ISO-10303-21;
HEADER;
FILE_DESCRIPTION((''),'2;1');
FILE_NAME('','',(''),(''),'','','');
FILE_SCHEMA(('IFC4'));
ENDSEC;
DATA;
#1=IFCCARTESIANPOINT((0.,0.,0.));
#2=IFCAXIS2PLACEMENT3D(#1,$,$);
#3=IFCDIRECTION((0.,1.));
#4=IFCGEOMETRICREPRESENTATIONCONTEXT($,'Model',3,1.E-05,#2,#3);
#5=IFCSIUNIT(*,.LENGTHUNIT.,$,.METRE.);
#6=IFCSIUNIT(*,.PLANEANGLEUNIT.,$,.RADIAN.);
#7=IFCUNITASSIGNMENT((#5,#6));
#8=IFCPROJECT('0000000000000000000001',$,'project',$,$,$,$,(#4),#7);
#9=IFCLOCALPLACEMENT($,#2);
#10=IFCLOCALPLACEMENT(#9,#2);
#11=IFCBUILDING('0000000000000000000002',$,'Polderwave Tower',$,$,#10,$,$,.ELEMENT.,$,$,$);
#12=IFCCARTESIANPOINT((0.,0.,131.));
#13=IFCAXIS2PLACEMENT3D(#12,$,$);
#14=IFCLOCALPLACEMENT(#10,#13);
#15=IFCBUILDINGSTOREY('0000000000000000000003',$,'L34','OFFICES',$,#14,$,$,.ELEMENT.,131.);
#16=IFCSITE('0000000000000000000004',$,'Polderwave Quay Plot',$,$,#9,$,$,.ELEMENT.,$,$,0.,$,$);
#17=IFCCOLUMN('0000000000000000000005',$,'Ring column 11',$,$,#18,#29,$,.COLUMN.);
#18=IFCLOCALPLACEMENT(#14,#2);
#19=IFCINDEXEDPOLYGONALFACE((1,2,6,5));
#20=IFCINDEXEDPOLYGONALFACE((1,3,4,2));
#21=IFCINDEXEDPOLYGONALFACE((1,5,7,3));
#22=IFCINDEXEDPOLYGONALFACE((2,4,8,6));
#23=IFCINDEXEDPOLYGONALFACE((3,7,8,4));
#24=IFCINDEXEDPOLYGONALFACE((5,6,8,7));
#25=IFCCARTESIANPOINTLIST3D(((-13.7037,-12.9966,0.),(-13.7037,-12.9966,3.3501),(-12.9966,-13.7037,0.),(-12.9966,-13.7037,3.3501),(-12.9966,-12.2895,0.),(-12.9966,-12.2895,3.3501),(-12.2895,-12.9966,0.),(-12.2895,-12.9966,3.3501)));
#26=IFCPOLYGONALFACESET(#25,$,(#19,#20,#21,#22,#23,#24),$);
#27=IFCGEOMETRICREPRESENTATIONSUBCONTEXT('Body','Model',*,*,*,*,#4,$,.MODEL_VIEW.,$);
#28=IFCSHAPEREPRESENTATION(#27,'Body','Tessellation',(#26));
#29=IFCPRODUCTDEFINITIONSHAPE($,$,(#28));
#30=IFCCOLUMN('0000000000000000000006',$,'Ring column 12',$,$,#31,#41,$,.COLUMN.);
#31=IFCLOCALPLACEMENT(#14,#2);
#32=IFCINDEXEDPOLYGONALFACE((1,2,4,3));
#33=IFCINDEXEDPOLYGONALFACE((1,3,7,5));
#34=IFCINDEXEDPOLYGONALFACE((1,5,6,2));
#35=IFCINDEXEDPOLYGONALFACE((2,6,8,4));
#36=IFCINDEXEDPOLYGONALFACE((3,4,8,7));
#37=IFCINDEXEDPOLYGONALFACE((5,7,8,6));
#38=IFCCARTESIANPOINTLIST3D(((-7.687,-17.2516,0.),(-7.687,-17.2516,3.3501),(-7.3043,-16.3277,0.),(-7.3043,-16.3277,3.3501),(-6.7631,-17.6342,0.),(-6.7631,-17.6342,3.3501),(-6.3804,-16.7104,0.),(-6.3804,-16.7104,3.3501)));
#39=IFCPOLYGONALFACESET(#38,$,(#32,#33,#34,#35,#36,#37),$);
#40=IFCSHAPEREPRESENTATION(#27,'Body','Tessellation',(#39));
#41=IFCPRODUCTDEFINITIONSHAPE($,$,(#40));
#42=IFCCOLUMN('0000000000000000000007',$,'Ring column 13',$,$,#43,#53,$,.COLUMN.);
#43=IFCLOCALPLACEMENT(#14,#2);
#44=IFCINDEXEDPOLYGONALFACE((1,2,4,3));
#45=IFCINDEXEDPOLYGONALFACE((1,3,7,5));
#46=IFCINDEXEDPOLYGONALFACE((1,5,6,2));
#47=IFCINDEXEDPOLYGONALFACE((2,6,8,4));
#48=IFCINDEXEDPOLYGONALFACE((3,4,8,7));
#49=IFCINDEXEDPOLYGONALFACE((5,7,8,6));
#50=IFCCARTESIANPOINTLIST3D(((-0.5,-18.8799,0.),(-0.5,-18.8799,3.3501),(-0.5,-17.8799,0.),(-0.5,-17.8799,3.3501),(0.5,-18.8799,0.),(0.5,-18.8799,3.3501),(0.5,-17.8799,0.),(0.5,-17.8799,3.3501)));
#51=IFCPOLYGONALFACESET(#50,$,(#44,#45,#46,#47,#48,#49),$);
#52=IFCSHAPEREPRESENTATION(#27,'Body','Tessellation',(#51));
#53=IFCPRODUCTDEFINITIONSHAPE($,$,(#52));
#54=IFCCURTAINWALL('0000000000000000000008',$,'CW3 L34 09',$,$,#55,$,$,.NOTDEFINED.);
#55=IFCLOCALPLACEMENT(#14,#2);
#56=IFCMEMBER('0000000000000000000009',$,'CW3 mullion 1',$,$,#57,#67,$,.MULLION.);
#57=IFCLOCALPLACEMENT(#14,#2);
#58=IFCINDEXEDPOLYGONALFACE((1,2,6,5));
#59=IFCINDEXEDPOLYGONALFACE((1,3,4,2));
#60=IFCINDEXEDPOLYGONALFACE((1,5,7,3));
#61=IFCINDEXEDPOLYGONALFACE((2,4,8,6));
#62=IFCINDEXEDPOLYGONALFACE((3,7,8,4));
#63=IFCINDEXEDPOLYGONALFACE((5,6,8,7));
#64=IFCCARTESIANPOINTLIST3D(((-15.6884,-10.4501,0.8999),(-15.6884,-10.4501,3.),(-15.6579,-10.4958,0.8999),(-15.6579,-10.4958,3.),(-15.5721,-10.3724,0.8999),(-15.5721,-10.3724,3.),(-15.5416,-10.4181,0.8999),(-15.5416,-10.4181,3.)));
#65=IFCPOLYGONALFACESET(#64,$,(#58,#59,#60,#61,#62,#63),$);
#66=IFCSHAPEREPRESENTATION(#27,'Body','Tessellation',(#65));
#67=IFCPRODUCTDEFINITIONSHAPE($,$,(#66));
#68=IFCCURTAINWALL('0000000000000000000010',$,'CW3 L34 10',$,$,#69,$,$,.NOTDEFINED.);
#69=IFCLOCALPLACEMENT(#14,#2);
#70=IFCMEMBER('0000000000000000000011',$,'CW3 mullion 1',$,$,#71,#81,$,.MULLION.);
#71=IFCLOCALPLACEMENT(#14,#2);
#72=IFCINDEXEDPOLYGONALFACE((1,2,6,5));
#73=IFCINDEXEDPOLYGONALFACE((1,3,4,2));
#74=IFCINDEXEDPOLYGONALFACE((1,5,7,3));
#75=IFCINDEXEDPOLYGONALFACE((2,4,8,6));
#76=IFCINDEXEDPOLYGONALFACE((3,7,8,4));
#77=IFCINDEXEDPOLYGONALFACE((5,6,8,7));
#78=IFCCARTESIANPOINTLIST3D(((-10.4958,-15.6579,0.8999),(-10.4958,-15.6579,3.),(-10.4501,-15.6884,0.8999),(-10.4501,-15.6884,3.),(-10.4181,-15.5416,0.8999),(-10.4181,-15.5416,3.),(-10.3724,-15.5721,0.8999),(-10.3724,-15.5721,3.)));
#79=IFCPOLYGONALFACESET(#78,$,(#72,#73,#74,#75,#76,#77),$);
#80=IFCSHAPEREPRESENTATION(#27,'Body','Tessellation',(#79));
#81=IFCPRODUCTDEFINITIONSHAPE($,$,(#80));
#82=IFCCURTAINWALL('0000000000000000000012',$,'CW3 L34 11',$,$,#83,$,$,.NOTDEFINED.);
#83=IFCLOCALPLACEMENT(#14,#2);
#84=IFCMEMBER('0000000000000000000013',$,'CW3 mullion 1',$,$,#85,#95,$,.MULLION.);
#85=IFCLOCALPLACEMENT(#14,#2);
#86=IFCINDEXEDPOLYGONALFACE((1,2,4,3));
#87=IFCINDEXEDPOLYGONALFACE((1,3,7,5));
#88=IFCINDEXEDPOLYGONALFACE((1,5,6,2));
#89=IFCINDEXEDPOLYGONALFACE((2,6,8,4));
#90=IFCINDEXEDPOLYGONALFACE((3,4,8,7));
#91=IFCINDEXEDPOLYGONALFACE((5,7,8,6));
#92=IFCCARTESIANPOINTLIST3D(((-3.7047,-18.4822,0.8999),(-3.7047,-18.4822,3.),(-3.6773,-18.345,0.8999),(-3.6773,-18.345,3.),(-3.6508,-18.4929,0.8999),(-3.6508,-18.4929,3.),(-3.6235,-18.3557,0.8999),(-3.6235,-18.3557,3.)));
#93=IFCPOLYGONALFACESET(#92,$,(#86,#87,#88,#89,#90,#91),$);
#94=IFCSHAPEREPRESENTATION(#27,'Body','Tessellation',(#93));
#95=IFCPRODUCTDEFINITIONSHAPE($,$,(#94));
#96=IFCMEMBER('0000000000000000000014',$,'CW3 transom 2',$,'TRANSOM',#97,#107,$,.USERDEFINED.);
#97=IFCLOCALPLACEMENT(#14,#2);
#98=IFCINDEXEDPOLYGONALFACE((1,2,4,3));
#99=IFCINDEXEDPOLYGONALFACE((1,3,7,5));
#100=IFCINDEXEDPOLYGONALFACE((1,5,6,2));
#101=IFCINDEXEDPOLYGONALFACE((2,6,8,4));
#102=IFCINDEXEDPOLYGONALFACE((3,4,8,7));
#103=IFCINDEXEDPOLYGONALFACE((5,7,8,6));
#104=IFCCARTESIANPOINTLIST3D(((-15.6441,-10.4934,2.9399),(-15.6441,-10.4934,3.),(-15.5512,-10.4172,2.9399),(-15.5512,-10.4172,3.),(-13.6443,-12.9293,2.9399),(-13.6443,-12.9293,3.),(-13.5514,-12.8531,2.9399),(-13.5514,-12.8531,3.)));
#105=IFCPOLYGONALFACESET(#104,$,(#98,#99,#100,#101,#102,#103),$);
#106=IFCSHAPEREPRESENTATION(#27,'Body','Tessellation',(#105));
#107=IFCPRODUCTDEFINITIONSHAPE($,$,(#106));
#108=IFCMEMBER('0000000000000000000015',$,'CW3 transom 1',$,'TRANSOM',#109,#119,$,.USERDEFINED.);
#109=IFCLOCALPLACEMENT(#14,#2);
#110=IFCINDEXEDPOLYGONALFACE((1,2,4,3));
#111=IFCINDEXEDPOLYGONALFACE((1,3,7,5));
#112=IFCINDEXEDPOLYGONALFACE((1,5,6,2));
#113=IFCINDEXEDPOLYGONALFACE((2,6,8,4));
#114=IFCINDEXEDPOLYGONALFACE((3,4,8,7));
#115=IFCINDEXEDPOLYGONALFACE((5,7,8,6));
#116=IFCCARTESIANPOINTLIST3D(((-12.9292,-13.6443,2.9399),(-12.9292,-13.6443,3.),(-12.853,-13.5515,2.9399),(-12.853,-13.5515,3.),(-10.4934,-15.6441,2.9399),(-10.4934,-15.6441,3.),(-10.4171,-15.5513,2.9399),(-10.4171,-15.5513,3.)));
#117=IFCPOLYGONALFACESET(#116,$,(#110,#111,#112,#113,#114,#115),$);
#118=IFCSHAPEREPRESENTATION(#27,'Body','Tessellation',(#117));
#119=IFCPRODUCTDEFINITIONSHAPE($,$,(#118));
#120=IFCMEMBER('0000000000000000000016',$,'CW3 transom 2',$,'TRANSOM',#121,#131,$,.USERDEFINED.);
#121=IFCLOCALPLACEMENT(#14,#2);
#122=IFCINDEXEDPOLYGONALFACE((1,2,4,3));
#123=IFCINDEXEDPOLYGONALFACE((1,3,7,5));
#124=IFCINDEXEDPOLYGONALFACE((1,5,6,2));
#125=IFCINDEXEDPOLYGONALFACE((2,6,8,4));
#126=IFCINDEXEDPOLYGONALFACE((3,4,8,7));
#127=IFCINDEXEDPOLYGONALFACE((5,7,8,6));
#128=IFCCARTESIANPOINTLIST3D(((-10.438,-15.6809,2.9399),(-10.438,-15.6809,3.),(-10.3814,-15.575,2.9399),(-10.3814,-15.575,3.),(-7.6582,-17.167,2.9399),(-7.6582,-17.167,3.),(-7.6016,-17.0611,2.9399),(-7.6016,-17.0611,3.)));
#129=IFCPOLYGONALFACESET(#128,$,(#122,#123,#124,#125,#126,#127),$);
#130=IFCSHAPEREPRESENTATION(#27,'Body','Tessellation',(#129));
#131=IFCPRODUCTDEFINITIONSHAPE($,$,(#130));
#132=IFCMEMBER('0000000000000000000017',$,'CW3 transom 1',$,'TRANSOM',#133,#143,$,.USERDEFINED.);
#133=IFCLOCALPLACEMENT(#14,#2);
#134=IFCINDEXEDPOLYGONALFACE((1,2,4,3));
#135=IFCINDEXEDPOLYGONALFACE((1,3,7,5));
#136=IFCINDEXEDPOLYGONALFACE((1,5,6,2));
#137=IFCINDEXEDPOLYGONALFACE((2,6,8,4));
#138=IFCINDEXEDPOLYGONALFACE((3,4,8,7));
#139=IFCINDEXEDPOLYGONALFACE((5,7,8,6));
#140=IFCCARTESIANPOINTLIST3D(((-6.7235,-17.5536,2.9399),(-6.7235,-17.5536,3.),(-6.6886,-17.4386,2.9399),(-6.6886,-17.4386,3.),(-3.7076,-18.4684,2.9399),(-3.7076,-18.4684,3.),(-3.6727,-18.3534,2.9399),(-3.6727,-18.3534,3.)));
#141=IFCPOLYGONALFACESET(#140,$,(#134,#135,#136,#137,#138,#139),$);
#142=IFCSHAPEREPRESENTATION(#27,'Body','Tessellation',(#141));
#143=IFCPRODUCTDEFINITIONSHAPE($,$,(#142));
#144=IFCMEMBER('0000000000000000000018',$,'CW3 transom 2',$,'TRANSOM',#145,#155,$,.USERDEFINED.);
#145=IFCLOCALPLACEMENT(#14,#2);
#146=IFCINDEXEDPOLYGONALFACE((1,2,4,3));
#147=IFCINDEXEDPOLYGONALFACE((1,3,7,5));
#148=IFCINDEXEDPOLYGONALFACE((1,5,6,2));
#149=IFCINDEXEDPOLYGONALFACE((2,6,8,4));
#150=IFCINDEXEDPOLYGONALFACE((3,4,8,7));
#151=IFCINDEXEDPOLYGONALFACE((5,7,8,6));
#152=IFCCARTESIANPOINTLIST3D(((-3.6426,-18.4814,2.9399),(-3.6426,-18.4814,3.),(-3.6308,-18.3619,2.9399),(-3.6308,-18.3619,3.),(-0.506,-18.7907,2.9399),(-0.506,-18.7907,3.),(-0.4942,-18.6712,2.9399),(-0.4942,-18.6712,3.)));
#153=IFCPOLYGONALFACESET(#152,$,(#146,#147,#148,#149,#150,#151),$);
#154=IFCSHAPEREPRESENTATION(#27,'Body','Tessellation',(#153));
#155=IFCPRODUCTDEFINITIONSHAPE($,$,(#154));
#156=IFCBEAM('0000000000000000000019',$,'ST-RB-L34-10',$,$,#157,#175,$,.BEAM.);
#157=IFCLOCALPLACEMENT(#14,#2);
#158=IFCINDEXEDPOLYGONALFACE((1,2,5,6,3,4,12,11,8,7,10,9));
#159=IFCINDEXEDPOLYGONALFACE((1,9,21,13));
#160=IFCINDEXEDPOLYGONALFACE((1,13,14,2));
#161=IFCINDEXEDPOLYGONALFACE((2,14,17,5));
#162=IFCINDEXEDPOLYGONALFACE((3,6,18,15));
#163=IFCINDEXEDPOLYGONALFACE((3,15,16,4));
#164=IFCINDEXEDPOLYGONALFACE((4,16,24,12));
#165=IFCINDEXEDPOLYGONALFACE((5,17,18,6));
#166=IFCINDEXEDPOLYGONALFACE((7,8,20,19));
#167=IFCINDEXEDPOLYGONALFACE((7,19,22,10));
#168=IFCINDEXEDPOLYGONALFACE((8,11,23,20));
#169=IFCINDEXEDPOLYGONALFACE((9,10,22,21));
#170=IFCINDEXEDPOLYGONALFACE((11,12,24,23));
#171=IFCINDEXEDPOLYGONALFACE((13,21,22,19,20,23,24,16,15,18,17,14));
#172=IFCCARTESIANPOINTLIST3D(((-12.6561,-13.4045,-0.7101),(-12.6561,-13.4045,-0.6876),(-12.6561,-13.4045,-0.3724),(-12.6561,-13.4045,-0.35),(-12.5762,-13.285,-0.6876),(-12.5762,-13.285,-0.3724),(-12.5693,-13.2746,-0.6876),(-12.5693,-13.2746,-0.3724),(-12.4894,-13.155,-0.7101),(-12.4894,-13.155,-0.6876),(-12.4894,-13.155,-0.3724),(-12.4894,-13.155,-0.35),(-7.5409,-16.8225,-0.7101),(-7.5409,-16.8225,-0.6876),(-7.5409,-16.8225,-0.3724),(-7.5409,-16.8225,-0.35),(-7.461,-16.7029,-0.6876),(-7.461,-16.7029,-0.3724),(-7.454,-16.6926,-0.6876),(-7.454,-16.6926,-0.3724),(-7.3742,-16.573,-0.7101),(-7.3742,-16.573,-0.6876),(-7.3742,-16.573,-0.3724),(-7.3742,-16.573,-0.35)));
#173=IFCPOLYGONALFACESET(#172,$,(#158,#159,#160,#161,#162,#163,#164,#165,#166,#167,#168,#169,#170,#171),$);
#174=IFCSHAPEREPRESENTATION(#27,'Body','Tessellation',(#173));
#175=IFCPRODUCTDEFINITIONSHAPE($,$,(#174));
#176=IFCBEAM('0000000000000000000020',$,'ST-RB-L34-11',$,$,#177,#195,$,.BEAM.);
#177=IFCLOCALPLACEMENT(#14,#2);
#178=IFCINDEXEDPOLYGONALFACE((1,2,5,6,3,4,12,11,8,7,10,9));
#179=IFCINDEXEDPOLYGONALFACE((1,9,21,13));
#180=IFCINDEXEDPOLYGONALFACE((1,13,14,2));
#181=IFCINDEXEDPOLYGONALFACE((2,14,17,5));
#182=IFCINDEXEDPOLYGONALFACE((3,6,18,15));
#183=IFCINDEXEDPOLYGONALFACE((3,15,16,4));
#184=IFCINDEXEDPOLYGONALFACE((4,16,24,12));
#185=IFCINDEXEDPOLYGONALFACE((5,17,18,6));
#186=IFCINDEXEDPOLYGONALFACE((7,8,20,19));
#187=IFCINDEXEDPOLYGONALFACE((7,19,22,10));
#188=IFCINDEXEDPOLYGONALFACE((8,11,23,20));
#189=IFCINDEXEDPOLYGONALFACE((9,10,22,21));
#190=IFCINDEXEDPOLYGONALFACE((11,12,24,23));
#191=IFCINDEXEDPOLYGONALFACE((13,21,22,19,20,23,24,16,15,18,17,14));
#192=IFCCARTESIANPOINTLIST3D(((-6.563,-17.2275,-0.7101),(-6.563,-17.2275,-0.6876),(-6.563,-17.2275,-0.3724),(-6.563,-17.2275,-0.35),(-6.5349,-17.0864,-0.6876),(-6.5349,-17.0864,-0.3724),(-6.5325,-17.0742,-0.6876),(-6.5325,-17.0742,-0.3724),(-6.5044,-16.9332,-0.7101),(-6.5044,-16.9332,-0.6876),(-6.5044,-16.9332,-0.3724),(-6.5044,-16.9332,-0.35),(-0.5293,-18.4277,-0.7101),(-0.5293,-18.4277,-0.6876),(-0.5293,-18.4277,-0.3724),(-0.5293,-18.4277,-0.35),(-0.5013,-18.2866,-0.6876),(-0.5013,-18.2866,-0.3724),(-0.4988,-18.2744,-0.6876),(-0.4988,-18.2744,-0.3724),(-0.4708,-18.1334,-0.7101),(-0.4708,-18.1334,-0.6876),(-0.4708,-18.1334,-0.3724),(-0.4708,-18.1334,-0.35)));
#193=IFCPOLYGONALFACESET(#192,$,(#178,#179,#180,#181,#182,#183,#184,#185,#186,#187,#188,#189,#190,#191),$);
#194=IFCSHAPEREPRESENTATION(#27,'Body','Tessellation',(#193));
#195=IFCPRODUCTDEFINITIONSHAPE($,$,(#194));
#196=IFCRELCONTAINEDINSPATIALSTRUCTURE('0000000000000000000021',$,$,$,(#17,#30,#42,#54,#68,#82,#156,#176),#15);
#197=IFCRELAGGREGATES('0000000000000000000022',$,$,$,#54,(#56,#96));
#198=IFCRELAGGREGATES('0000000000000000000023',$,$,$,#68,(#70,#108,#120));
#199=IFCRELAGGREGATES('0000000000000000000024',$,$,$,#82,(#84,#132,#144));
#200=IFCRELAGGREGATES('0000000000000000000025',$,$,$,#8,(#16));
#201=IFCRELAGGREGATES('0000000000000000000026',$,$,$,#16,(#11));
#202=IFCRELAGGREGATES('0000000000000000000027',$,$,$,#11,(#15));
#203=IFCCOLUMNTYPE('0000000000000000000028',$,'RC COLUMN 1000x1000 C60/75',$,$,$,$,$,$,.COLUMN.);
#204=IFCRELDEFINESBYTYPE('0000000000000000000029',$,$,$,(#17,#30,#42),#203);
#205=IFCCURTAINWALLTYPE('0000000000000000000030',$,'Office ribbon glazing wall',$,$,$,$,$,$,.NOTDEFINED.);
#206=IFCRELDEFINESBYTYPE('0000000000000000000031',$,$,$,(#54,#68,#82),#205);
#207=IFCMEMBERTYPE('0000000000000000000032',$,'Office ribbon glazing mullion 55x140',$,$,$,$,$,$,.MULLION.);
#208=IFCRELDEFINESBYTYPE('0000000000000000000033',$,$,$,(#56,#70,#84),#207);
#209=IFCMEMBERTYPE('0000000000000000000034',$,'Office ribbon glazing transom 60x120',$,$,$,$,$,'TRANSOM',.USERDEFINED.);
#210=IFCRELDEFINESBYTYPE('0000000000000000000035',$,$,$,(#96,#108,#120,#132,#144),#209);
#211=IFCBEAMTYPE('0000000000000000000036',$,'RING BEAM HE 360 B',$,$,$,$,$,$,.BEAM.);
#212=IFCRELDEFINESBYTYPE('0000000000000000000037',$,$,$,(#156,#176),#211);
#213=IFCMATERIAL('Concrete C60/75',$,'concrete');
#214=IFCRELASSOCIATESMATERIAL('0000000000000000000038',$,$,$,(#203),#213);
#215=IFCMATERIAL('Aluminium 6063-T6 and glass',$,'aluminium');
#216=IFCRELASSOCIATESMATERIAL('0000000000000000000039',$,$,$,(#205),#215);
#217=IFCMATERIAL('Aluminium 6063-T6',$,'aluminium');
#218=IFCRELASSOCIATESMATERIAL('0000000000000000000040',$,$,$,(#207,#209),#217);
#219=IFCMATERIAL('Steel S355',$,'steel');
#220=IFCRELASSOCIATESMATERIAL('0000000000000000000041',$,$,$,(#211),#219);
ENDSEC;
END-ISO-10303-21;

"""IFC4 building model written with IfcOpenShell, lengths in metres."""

from ifc_helpers import new_model, si_unit, direction, frame, origin, origin_2d, place, context, subcontext, project, spatial, rectangle, i_section, extrude, material, material_profile, profile_set, type_object, element, aggregate, save


model = new_model("IFC4")

# Units and contexts
model_context = context("Model", 3, precision=1e-05, world=origin(), true_north=direction((0.0, 1.0)))
body_context = subcontext(model_context, "Body", "Model", "MODEL_VIEW")
ifc_project = project(units=[si_unit("LENGTHUNIT", "METRE"), si_unit("PLANEANGLEUNIT", "RADIAN")], contexts=[model_context])

# Site, building, storey
site_placement = place(None, origin())
site = spatial("IfcSite", under=ifc_project, at=site_placement, Name="Polderwave Quay Plot", CompositionType="ELEMENT", RefElevation=0.0)
building_placement = place(site_placement, origin())
building = spatial("IfcBuilding", under=site, at=building_placement, Name="Polderwave Tower", CompositionType="ELEMENT")
storey_placement = place(building_placement, frame((0.0, 0.0, 131.0)))
storey = spatial("IfcBuildingStorey", under=building, at=storey_placement, Name="L34", Description="OFFICES", CompositionType="ELEMENT", Elevation=131.0)

# Columns
ifc_material_1 = material(Name="Concrete C60/75", Category="concrete")
ifc_material_profile_1 = material_profile(ifc_material_1, rectangle(XDim=1.0, YDim=1.0, at=origin_2d()), Name="RC 1000x1000")
ifc_profile_set_1 = profile_set([ifc_material_profile_1], Name="Concrete C60/75")
column_type = type_object("IfcColumnType", Name="RC COLUMN 1000x1000 C60/75", PredefinedType="COLUMN", material=ifc_profile_set_1)
for number, where, z_axis, x_axis, name in (
    (1, (-12.9966, -12.9966, 0.0), (0.0, 0.0, 1.0), (-0.707107, -0.707107, 0.0), "Ring column 11"),
    (2, (-7.0337, -16.981, 0.0), (0.0, 0.0, 1.0), (-0.382683, -0.92388, 0.0), "Ring column 12"),
    (3, (0.0, -18.3799, 0.0), (0.0, 0.0, 1.0), (0.0, -1.0, 0.0), "Ring column 13"),
):
    element("IfcColumn", number, at=place(storey_placement, frame(where, z_axis=z_axis, x_axis=x_axis)), inside=storey, type_object=column_type, Name=name, PredefinedType="COLUMN", context=body_context, shape_type="SweptSolid", body=[
        extrude(rectangle(XDim=1.0, YDim=1.0, at=origin_2d()), origin(), (0.0, 0.0, 1.0), 3.3501),
    ])

# Curtain walls, members
ifc_material_2 = material(Name="Aluminium 6063-T6 and glass", Category="aluminium")
curtain_wall_type = type_object("IfcCurtainWallType", Name="Office ribbon glazing wall", PredefinedType="NOTDEFINED", material=ifc_material_2)
curtain_wall_1_placement = place(storey_placement, origin())
curtain_wall_1 = element("IfcCurtainWall", 4, at=curtain_wall_1_placement, inside=storey, type_object=curtain_wall_type, Name="CW3 L34 09", PredefinedType="NOTDEFINED")
ifc_material_3 = material(Name="Aluminium 6063-T6", Category="aluminium")
ifc_material_profile_2 = material_profile(ifc_material_3, rectangle(XDim=0.1399, YDim=0.0549, at=origin_2d()), Name="AL 55x140")
ifc_profile_set_2 = profile_set([ifc_material_profile_2], Name="Aluminium 6063-T6")
member_type_1 = type_object("IfcMemberType", Name="Office ribbon glazing mullion 55x140", PredefinedType="MULLION", material=ifc_profile_set_2)
member_1_placement = place(storey_placement, frame((-15.615, -10.4341, 0.8999), z_axis=(0.0, 0.0, 1.0), x_axis=(0.831411, 0.555657, 0.0)))
member_1 = element("IfcMember", 5, at=member_1_placement, type_object=member_type_1, Name="CW3 mullion 1", PredefinedType="MULLION", context=body_context, shape_type="SweptSolid", body=[
    extrude(rectangle(XDim=0.1399, YDim=0.0549, at=origin_2d()), origin(), (0.0, 0.0, 1.0), 2.1001),
])
curtain_wall_2_placement = place(storey_placement, origin())
curtain_wall_2 = element("IfcCurtainWall", 6, at=curtain_wall_2_placement, inside=storey, type_object=curtain_wall_type, Name="CW3 L34 10", PredefinedType="NOTDEFINED")
member_2_placement = place(storey_placement, frame((-10.4341, -15.615, 0.8999), z_axis=(0.0, 0.0, 1.0), x_axis=(0.555657, 0.831411, 0.0)))
member_2 = element("IfcMember", 7, at=member_2_placement, type_object=member_type_1, Name="CW3 mullion 1", PredefinedType="MULLION", context=body_context, shape_type="SweptSolid", body=[
    extrude(rectangle(XDim=0.1399, YDim=0.0549, at=origin_2d()), origin(), (0.0, 0.0, 1.0), 2.1001),
])
curtain_wall_3_placement = place(storey_placement, origin())
curtain_wall_3 = element("IfcCurtainWall", 8, at=curtain_wall_3_placement, inside=storey, type_object=curtain_wall_type, Name="CW3 L34 11", PredefinedType="NOTDEFINED")
member_3_placement = place(storey_placement, frame((-3.6641, -18.4189, 0.8999), z_axis=(0.0, 0.0, 1.0), x_axis=(0.195179, 0.980768, 0.0)))
member_3 = element("IfcMember", 9, at=member_3_placement, type_object=member_type_1, Name="CW3 mullion 1", PredefinedType="MULLION", context=body_context, shape_type="SweptSolid", body=[
    extrude(rectangle(XDim=0.1399, YDim=0.0549, at=origin_2d()), origin(), (0.0, 0.0, 1.0), 2.1001),
])

# Members
ifc_material_profile_3 = material_profile(ifc_material_3, rectangle(XDim=0.1201, YDim=0.0601, at=origin_2d()), Name="AL 60x120")
ifc_profile_set_3 = profile_set([ifc_material_profile_3], Name="Aluminium 6063-T6")
member_type_2 = type_object("IfcMemberType", Name="Office ribbon glazing transom 60x120", ElementType="TRANSOM", PredefinedType="USERDEFINED", material=ifc_profile_set_3)
member_4_placement = place(storey_placement, frame((-15.5977, -10.4553, 2.97), z_axis=(0.634536, -0.772893, 0.0), x_axis=(0.772893, 0.634536, 0.0)))
member_4 = element("IfcMember", 10, at=member_4_placement, type_object=member_type_2, Name="CW3 transom 2", ObjectType="TRANSOM", PredefinedType="USERDEFINED", context=body_context, shape_type="SweptSolid", body=[
    extrude(rectangle(XDim=0.1201, YDim=0.0601, at=origin_2d()), origin(), (0.0, 0.0, 1.0), 3.1516),
])
member_5_placement = place(storey_placement, frame((-12.8911, -13.5979, 2.97), z_axis=(0.772893, -0.634536, 0.0), x_axis=(0.634536, 0.772893, 0.0)))
member_5 = element("IfcMember", 11, at=member_5_placement, type_object=member_type_2, Name="CW3 transom 1", ObjectType="TRANSOM", PredefinedType="USERDEFINED", context=body_context, shape_type="SweptSolid", body=[
    extrude(rectangle(XDim=0.1201, YDim=0.0601, at=origin_2d()), origin(), (0.0, 0.0, 1.0), 3.1516),
])
member_6_placement = place(storey_placement, frame((-10.4097, -15.6279, 2.97), z_axis=(0.881887, -0.47146, 0.0), x_axis=(0.47146, 0.881887, 0.0)))
member_6 = element("IfcMember", 12, at=member_6_placement, type_object=member_type_2, Name="CW3 transom 2", ObjectType="TRANSOM", PredefinedType="USERDEFINED", context=body_context, shape_type="SweptSolid", body=[
    extrude(rectangle(XDim=0.1201, YDim=0.0601, at=origin_2d()), origin(), (0.0, 0.0, 1.0), 3.1521),
])
member_7_placement = place(storey_placement, frame((-6.7061, -17.4961, 2.97), z_axis=(0.956946, -0.290268, 0.0), x_axis=(0.290268, 0.956946, 0.0)))
member_7 = element("IfcMember", 13, at=member_7_placement, type_object=member_type_2, Name="CW3 transom 1", ObjectType="TRANSOM", PredefinedType="USERDEFINED", context=body_context, shape_type="SweptSolid", body=[
    extrude(rectangle(XDim=0.1201, YDim=0.0601, at=origin_2d()), origin(), (0.0, 0.0, 1.0), 3.1516),
])
member_8_placement = place(storey_placement, frame((-3.6367, -18.4216, 2.97), z_axis=(0.995173, -0.098139, 0.0), x_axis=(0.098139, 0.995173, 0.0)))
member_8 = element("IfcMember", 14, at=member_8_placement, type_object=member_type_2, Name="CW3 transom 2", ObjectType="TRANSOM", PredefinedType="USERDEFINED", context=body_context, shape_type="SweptSolid", body=[
    extrude(rectangle(XDim=0.1201, YDim=0.0601, at=origin_2d()), origin(), (0.0, 0.0, 1.0), 3.1519),
])

# Beams
ifc_material_4 = material(Name="Steel S355", Category="steel")
ifc_material_profile_4 = material_profile(ifc_material_4, i_section(OverallWidth=0.3, OverallDepth=0.3601, WebThickness=0.0125, FlangeThickness=0.0225, at=origin_2d()), Name="HE 360 B")
ifc_profile_set_4 = profile_set([ifc_material_profile_4], Name="Steel S355")
beam_type = type_object("IfcBeamType", Name="RING BEAM HE 360 B", PredefinedType="BEAM", material=ifc_profile_set_4)
beam_1_placement = place(storey_placement, frame((-12.5728, -13.2798, -0.53), z_axis=(0.831464, -0.555579, 0.0), x_axis=(0.555579, 0.831464, 0.0)))
element("IfcBeam", 15, at=beam_1_placement, inside=storey, type_object=beam_type, Name="ST-RB-L34-10", PredefinedType="BEAM", context=body_context, shape_type="SweptSolid", body=[
    extrude(i_section(OverallWidth=0.3, OverallDepth=0.3601, WebThickness=0.0125, FlangeThickness=0.0225, at=origin_2d()), origin(), (0.0, 0.0, 1.0), 6.1521),
])
beam_2_placement = place(storey_placement, frame((-6.5337, -17.0803, -0.53), z_axis=(0.980785, -0.195093, 0.0), x_axis=(0.195093, 0.980785, 0.0)))
element("IfcBeam", 16, at=beam_2_placement, inside=storey, type_object=beam_type, Name="ST-RB-L34-11", PredefinedType="BEAM", context=body_context, shape_type="SweptSolid", body=[
    extrude(i_section(OverallWidth=0.3, OverallDepth=0.3601, WebThickness=0.0125, FlangeThickness=0.0225, at=origin_2d()), origin(), (0.0, 0.0, 1.0), 6.1519),
])

aggregate(curtain_wall_1, [member_1, member_4])
aggregate(curtain_wall_2, [member_2, member_5, member_6])
aggregate(curtain_wall_3, [member_3, member_7, member_8])

save(model, "model.ifc")
